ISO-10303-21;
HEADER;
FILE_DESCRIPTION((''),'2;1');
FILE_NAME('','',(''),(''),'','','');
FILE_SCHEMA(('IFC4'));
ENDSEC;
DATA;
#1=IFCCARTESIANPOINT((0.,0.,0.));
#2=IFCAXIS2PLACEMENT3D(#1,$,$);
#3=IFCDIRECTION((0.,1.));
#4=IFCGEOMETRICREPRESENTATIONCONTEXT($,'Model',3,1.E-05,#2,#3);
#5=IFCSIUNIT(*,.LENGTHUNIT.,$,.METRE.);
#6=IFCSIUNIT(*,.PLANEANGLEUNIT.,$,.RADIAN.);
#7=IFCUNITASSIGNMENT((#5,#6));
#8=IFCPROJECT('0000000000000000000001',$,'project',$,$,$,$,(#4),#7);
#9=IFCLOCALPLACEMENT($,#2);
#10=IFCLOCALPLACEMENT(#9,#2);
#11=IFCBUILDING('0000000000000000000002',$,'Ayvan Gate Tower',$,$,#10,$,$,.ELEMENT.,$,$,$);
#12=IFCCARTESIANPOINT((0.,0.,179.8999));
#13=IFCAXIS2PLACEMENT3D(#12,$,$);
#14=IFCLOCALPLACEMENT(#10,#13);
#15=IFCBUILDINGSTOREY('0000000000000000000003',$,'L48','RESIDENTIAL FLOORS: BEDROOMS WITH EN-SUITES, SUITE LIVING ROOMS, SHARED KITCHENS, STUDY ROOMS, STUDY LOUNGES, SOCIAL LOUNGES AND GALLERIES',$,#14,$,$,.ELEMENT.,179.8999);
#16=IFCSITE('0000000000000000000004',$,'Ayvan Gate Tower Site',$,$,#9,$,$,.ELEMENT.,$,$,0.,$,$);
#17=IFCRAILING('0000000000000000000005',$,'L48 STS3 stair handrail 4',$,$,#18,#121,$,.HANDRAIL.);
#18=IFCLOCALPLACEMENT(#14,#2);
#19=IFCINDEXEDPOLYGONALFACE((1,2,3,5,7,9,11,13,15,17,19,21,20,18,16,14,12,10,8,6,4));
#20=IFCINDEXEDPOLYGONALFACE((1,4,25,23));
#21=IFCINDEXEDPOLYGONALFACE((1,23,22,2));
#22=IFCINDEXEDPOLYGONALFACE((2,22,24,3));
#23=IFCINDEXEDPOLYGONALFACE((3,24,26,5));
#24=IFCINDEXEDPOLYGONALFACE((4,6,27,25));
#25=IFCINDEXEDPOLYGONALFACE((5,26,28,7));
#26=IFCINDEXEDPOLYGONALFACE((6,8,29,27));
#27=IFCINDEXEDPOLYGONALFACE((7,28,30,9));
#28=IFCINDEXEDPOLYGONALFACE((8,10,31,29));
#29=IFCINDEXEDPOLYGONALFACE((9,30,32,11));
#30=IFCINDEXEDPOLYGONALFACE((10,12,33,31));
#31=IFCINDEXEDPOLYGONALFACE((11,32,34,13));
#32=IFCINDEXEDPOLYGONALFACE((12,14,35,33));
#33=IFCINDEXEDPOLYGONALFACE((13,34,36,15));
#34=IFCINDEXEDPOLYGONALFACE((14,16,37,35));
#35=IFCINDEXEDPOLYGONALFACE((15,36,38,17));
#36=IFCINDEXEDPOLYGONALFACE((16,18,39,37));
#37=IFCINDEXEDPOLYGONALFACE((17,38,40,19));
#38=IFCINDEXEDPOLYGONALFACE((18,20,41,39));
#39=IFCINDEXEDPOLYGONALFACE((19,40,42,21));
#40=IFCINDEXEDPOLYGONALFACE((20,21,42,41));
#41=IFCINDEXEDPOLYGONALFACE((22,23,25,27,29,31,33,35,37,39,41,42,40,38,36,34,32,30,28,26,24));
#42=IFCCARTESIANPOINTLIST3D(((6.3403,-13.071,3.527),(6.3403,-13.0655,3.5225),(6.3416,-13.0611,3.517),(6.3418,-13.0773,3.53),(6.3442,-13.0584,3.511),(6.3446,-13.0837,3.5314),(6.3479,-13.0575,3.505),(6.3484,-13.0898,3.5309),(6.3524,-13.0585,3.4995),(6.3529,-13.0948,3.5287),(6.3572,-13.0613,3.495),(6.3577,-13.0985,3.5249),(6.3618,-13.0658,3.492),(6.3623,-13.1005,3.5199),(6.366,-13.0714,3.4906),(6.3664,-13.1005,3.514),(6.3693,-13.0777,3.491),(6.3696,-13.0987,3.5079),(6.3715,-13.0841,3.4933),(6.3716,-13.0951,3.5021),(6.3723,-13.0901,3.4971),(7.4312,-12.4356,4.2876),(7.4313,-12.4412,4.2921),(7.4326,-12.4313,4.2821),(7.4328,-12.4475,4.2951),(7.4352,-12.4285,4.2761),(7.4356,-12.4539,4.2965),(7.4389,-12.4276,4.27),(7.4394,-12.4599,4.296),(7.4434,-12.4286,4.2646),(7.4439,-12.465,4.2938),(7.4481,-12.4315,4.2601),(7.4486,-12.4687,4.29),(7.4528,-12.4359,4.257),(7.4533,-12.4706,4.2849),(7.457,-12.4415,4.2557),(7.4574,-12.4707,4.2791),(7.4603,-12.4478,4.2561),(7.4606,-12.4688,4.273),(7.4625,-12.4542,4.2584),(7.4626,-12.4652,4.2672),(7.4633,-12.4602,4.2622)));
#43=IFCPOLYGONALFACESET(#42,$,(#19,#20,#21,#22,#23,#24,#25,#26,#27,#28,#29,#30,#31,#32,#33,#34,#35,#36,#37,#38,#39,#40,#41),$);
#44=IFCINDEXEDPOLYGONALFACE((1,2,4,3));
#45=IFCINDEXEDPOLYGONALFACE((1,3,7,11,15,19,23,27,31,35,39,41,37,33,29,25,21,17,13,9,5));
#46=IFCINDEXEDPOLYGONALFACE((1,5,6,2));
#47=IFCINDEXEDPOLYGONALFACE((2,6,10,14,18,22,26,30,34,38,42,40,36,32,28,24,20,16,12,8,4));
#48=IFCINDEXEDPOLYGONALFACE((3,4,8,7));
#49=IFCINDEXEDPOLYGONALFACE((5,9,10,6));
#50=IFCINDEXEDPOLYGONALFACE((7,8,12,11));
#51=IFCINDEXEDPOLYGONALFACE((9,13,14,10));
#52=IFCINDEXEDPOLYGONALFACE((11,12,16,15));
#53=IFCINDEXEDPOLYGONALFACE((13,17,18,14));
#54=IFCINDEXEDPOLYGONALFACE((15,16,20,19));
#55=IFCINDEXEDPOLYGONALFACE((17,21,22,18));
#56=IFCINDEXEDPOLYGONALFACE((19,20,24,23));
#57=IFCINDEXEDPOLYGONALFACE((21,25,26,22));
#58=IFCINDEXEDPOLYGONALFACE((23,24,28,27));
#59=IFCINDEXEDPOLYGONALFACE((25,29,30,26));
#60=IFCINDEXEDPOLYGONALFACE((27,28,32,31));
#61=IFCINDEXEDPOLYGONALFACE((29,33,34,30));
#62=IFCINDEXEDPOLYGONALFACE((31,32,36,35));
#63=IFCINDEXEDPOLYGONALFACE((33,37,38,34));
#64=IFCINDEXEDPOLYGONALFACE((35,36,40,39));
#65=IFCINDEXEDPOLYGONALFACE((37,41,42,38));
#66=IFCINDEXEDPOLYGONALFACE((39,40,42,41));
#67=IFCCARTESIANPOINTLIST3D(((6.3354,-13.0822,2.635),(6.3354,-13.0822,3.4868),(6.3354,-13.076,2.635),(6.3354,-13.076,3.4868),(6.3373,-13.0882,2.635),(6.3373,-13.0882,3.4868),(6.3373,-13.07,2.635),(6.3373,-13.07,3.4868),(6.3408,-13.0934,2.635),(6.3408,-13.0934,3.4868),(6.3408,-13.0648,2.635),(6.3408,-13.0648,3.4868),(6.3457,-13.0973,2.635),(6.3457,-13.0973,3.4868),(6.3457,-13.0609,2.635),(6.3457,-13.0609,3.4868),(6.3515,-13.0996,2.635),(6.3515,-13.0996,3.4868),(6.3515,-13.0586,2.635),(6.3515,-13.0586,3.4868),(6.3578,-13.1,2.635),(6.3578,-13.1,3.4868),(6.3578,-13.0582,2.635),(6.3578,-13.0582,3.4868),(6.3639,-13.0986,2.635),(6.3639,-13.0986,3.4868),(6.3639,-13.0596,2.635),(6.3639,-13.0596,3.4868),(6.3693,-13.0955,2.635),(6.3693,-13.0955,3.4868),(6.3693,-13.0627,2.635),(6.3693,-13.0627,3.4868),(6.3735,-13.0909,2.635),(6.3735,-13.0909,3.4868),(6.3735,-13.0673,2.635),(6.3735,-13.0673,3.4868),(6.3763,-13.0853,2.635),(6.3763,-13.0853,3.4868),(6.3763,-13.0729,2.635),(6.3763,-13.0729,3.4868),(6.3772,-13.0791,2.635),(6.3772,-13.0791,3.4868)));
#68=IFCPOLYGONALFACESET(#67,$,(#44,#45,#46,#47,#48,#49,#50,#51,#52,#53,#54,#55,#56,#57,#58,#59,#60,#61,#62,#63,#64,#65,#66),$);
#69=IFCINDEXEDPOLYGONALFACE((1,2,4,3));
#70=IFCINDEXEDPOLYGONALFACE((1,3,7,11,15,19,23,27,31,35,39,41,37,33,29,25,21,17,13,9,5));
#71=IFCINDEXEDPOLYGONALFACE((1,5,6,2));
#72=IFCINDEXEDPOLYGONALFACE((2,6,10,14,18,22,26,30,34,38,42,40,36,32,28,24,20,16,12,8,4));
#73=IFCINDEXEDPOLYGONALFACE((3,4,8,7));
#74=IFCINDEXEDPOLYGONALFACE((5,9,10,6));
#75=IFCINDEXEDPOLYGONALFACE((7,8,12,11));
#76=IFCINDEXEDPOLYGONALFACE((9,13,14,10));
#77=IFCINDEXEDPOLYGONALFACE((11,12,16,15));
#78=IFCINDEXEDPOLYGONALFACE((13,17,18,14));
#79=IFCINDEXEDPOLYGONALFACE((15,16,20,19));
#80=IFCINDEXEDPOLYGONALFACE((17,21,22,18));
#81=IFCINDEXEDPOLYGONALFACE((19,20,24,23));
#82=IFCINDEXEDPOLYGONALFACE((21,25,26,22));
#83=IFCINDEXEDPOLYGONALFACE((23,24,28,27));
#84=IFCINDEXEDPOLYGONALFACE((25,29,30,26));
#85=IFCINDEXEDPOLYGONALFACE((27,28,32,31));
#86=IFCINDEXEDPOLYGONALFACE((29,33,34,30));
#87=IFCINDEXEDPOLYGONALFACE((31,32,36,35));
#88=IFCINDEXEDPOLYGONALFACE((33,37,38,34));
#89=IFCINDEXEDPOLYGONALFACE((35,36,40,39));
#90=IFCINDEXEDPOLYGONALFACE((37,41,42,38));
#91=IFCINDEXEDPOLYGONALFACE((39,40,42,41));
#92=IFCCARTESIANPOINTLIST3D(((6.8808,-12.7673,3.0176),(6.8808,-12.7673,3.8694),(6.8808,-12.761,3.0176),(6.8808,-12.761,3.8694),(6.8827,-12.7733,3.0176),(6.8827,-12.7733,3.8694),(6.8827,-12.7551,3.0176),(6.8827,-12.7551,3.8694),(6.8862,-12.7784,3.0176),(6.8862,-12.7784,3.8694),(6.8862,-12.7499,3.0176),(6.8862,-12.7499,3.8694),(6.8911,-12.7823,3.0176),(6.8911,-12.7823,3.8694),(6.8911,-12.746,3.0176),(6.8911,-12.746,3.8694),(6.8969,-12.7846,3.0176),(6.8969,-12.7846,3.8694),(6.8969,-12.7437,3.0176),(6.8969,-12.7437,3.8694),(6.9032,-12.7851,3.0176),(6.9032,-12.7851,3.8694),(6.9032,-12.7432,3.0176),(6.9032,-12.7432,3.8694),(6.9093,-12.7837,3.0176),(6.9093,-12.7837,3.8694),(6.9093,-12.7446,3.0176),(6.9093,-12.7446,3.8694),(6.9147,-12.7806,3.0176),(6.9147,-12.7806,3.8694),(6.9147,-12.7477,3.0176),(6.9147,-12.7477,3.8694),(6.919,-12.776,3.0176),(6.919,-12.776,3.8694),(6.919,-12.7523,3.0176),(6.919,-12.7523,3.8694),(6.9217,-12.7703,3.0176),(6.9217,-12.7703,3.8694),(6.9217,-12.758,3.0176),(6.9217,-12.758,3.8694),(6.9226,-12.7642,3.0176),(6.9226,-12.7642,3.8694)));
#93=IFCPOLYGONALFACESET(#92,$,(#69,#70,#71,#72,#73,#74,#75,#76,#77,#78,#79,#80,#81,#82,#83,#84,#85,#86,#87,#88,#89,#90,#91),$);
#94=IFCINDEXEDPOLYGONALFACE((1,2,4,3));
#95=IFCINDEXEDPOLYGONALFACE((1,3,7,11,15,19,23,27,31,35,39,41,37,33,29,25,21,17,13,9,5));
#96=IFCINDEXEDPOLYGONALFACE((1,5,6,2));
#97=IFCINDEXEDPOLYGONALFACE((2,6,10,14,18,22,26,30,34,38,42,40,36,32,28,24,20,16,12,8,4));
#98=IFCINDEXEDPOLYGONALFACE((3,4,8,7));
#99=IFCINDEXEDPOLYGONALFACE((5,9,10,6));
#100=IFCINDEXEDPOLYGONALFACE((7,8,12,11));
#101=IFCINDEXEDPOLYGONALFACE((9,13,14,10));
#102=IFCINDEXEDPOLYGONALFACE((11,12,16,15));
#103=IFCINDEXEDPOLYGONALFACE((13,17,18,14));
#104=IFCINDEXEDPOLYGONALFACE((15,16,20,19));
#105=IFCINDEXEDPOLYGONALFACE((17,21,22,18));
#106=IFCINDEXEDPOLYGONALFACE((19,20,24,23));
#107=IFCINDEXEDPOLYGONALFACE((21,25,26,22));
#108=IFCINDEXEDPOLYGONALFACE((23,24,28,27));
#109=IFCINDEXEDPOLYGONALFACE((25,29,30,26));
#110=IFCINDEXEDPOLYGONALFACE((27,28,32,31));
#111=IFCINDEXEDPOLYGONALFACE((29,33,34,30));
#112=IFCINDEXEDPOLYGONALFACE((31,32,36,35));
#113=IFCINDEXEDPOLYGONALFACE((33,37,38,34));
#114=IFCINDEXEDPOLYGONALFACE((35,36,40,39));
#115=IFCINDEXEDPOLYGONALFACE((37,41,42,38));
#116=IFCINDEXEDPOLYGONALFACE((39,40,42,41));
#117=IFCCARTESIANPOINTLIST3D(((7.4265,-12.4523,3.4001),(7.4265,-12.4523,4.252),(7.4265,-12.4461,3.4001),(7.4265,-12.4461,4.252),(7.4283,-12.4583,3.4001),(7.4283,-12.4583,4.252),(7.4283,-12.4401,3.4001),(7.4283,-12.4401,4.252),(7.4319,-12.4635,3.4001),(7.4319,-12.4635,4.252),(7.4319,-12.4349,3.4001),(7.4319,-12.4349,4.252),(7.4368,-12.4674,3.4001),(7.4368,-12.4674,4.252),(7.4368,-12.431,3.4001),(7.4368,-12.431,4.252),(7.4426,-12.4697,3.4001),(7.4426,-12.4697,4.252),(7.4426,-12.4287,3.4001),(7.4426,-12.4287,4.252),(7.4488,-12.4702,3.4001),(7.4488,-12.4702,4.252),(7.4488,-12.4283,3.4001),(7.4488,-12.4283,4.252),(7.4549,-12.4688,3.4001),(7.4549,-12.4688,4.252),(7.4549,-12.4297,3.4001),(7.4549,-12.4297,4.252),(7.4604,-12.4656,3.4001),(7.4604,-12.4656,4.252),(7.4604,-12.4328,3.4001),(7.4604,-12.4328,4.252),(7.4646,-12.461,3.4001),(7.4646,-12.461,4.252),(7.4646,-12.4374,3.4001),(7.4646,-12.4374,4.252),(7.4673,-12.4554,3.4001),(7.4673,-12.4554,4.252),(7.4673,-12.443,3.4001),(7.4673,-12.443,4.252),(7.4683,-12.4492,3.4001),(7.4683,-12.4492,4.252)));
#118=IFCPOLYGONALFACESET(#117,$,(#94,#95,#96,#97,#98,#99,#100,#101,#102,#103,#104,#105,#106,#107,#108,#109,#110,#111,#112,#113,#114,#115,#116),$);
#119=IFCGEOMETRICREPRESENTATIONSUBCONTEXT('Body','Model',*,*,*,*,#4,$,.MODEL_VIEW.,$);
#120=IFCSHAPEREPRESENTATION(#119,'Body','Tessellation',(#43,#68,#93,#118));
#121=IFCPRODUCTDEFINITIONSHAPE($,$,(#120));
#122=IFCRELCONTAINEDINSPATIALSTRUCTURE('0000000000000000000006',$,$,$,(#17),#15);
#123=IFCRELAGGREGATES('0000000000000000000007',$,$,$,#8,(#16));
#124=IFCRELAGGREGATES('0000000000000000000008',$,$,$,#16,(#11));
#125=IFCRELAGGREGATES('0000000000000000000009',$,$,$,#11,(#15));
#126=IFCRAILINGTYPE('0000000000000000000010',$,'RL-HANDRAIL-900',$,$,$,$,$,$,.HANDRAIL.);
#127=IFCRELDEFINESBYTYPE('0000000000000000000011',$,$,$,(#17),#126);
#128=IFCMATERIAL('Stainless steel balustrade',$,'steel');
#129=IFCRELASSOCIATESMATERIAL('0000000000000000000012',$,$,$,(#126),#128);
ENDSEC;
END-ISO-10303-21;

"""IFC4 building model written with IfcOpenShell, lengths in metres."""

from ifc_helpers import new_model, si_unit, direction, frame, origin, origin_2d, place, context, subcontext, project, spatial, circle, extrude, material, type_object, element, save


model = new_model("IFC4")

# Units and contexts
model_context = context("Model", 3, precision=1e-05, world=origin(), true_north=direction((0.0, 1.0)))
body_context = subcontext(model_context, "Body", "Model", "MODEL_VIEW")
ifc_project = project(units=[si_unit("LENGTHUNIT", "METRE"), si_unit("PLANEANGLEUNIT", "RADIAN")], contexts=[model_context])

# Site, building, storey
site_placement = place(None, origin())
site = spatial("IfcSite", under=ifc_project, at=site_placement, Name="Ayvan Gate Tower Site", CompositionType="ELEMENT", RefElevation=0.0)
building_placement = place(site_placement, origin())
building = spatial("IfcBuilding", under=site, at=building_placement, Name="Ayvan Gate Tower", CompositionType="ELEMENT")
storey_placement = place(building_placement, frame((0.0, 0.0, 179.8999)))
storey = spatial("IfcBuildingStorey", under=building, at=storey_placement, Name="L48", Description="RESIDENTIAL FLOORS: BEDROOMS WITH EN-SUITES, SUITE LIVING ROOMS, SHARED KITCHENS, STUDY ROOMS, STUDY LOUNGES, SOCIAL LOUNGES AND GALLERIES", CompositionType="ELEMENT", Elevation=179.8999)

# Railing
ifc_material_1 = material(Name="Stainless steel balustrade", Category="steel")
railing_type_1 = type_object("IfcRailingType", Name="RL-HANDRAIL-900", PredefinedType="HANDRAIL", material=ifc_material_1)
railing_1_placement = place(storey_placement, frame((6.3562, -13.0791, 2.635)))
element("IfcRailing", 1, at=railing_1_placement, inside=storey, type_object=railing_type_1, Name="L48 STS3 stair handrail 4", PredefinedType="HANDRAIL", context=body_context, shape_type="SweptSolid", body=[
    extrude(circle(Radius=0.0239, at=origin_2d()), frame((0.0, 0.0, 0.876), z_axis=(0.740218, 0.427336, 0.519097), x_axis=(-0.499974, 0.86604, 0.0)), (0.0, 0.0, 1.0), 1.4739),
    extrude(circle(Radius=0.021, at=origin_2d()), origin(), (0.0, 0.0, 1.0), 0.8518),
    extrude(circle(Radius=0.021, at=origin_2d()), frame((0.5454, 0.3149, 0.3826)), (0.0, 0.0, 1.0), 0.8518),
    extrude(circle(Radius=0.021, at=origin_2d()), frame((1.0911, 0.6299, 0.7651)), (0.0, 0.0, 1.0), 0.8518),
])

save(model, "model.ifc")
